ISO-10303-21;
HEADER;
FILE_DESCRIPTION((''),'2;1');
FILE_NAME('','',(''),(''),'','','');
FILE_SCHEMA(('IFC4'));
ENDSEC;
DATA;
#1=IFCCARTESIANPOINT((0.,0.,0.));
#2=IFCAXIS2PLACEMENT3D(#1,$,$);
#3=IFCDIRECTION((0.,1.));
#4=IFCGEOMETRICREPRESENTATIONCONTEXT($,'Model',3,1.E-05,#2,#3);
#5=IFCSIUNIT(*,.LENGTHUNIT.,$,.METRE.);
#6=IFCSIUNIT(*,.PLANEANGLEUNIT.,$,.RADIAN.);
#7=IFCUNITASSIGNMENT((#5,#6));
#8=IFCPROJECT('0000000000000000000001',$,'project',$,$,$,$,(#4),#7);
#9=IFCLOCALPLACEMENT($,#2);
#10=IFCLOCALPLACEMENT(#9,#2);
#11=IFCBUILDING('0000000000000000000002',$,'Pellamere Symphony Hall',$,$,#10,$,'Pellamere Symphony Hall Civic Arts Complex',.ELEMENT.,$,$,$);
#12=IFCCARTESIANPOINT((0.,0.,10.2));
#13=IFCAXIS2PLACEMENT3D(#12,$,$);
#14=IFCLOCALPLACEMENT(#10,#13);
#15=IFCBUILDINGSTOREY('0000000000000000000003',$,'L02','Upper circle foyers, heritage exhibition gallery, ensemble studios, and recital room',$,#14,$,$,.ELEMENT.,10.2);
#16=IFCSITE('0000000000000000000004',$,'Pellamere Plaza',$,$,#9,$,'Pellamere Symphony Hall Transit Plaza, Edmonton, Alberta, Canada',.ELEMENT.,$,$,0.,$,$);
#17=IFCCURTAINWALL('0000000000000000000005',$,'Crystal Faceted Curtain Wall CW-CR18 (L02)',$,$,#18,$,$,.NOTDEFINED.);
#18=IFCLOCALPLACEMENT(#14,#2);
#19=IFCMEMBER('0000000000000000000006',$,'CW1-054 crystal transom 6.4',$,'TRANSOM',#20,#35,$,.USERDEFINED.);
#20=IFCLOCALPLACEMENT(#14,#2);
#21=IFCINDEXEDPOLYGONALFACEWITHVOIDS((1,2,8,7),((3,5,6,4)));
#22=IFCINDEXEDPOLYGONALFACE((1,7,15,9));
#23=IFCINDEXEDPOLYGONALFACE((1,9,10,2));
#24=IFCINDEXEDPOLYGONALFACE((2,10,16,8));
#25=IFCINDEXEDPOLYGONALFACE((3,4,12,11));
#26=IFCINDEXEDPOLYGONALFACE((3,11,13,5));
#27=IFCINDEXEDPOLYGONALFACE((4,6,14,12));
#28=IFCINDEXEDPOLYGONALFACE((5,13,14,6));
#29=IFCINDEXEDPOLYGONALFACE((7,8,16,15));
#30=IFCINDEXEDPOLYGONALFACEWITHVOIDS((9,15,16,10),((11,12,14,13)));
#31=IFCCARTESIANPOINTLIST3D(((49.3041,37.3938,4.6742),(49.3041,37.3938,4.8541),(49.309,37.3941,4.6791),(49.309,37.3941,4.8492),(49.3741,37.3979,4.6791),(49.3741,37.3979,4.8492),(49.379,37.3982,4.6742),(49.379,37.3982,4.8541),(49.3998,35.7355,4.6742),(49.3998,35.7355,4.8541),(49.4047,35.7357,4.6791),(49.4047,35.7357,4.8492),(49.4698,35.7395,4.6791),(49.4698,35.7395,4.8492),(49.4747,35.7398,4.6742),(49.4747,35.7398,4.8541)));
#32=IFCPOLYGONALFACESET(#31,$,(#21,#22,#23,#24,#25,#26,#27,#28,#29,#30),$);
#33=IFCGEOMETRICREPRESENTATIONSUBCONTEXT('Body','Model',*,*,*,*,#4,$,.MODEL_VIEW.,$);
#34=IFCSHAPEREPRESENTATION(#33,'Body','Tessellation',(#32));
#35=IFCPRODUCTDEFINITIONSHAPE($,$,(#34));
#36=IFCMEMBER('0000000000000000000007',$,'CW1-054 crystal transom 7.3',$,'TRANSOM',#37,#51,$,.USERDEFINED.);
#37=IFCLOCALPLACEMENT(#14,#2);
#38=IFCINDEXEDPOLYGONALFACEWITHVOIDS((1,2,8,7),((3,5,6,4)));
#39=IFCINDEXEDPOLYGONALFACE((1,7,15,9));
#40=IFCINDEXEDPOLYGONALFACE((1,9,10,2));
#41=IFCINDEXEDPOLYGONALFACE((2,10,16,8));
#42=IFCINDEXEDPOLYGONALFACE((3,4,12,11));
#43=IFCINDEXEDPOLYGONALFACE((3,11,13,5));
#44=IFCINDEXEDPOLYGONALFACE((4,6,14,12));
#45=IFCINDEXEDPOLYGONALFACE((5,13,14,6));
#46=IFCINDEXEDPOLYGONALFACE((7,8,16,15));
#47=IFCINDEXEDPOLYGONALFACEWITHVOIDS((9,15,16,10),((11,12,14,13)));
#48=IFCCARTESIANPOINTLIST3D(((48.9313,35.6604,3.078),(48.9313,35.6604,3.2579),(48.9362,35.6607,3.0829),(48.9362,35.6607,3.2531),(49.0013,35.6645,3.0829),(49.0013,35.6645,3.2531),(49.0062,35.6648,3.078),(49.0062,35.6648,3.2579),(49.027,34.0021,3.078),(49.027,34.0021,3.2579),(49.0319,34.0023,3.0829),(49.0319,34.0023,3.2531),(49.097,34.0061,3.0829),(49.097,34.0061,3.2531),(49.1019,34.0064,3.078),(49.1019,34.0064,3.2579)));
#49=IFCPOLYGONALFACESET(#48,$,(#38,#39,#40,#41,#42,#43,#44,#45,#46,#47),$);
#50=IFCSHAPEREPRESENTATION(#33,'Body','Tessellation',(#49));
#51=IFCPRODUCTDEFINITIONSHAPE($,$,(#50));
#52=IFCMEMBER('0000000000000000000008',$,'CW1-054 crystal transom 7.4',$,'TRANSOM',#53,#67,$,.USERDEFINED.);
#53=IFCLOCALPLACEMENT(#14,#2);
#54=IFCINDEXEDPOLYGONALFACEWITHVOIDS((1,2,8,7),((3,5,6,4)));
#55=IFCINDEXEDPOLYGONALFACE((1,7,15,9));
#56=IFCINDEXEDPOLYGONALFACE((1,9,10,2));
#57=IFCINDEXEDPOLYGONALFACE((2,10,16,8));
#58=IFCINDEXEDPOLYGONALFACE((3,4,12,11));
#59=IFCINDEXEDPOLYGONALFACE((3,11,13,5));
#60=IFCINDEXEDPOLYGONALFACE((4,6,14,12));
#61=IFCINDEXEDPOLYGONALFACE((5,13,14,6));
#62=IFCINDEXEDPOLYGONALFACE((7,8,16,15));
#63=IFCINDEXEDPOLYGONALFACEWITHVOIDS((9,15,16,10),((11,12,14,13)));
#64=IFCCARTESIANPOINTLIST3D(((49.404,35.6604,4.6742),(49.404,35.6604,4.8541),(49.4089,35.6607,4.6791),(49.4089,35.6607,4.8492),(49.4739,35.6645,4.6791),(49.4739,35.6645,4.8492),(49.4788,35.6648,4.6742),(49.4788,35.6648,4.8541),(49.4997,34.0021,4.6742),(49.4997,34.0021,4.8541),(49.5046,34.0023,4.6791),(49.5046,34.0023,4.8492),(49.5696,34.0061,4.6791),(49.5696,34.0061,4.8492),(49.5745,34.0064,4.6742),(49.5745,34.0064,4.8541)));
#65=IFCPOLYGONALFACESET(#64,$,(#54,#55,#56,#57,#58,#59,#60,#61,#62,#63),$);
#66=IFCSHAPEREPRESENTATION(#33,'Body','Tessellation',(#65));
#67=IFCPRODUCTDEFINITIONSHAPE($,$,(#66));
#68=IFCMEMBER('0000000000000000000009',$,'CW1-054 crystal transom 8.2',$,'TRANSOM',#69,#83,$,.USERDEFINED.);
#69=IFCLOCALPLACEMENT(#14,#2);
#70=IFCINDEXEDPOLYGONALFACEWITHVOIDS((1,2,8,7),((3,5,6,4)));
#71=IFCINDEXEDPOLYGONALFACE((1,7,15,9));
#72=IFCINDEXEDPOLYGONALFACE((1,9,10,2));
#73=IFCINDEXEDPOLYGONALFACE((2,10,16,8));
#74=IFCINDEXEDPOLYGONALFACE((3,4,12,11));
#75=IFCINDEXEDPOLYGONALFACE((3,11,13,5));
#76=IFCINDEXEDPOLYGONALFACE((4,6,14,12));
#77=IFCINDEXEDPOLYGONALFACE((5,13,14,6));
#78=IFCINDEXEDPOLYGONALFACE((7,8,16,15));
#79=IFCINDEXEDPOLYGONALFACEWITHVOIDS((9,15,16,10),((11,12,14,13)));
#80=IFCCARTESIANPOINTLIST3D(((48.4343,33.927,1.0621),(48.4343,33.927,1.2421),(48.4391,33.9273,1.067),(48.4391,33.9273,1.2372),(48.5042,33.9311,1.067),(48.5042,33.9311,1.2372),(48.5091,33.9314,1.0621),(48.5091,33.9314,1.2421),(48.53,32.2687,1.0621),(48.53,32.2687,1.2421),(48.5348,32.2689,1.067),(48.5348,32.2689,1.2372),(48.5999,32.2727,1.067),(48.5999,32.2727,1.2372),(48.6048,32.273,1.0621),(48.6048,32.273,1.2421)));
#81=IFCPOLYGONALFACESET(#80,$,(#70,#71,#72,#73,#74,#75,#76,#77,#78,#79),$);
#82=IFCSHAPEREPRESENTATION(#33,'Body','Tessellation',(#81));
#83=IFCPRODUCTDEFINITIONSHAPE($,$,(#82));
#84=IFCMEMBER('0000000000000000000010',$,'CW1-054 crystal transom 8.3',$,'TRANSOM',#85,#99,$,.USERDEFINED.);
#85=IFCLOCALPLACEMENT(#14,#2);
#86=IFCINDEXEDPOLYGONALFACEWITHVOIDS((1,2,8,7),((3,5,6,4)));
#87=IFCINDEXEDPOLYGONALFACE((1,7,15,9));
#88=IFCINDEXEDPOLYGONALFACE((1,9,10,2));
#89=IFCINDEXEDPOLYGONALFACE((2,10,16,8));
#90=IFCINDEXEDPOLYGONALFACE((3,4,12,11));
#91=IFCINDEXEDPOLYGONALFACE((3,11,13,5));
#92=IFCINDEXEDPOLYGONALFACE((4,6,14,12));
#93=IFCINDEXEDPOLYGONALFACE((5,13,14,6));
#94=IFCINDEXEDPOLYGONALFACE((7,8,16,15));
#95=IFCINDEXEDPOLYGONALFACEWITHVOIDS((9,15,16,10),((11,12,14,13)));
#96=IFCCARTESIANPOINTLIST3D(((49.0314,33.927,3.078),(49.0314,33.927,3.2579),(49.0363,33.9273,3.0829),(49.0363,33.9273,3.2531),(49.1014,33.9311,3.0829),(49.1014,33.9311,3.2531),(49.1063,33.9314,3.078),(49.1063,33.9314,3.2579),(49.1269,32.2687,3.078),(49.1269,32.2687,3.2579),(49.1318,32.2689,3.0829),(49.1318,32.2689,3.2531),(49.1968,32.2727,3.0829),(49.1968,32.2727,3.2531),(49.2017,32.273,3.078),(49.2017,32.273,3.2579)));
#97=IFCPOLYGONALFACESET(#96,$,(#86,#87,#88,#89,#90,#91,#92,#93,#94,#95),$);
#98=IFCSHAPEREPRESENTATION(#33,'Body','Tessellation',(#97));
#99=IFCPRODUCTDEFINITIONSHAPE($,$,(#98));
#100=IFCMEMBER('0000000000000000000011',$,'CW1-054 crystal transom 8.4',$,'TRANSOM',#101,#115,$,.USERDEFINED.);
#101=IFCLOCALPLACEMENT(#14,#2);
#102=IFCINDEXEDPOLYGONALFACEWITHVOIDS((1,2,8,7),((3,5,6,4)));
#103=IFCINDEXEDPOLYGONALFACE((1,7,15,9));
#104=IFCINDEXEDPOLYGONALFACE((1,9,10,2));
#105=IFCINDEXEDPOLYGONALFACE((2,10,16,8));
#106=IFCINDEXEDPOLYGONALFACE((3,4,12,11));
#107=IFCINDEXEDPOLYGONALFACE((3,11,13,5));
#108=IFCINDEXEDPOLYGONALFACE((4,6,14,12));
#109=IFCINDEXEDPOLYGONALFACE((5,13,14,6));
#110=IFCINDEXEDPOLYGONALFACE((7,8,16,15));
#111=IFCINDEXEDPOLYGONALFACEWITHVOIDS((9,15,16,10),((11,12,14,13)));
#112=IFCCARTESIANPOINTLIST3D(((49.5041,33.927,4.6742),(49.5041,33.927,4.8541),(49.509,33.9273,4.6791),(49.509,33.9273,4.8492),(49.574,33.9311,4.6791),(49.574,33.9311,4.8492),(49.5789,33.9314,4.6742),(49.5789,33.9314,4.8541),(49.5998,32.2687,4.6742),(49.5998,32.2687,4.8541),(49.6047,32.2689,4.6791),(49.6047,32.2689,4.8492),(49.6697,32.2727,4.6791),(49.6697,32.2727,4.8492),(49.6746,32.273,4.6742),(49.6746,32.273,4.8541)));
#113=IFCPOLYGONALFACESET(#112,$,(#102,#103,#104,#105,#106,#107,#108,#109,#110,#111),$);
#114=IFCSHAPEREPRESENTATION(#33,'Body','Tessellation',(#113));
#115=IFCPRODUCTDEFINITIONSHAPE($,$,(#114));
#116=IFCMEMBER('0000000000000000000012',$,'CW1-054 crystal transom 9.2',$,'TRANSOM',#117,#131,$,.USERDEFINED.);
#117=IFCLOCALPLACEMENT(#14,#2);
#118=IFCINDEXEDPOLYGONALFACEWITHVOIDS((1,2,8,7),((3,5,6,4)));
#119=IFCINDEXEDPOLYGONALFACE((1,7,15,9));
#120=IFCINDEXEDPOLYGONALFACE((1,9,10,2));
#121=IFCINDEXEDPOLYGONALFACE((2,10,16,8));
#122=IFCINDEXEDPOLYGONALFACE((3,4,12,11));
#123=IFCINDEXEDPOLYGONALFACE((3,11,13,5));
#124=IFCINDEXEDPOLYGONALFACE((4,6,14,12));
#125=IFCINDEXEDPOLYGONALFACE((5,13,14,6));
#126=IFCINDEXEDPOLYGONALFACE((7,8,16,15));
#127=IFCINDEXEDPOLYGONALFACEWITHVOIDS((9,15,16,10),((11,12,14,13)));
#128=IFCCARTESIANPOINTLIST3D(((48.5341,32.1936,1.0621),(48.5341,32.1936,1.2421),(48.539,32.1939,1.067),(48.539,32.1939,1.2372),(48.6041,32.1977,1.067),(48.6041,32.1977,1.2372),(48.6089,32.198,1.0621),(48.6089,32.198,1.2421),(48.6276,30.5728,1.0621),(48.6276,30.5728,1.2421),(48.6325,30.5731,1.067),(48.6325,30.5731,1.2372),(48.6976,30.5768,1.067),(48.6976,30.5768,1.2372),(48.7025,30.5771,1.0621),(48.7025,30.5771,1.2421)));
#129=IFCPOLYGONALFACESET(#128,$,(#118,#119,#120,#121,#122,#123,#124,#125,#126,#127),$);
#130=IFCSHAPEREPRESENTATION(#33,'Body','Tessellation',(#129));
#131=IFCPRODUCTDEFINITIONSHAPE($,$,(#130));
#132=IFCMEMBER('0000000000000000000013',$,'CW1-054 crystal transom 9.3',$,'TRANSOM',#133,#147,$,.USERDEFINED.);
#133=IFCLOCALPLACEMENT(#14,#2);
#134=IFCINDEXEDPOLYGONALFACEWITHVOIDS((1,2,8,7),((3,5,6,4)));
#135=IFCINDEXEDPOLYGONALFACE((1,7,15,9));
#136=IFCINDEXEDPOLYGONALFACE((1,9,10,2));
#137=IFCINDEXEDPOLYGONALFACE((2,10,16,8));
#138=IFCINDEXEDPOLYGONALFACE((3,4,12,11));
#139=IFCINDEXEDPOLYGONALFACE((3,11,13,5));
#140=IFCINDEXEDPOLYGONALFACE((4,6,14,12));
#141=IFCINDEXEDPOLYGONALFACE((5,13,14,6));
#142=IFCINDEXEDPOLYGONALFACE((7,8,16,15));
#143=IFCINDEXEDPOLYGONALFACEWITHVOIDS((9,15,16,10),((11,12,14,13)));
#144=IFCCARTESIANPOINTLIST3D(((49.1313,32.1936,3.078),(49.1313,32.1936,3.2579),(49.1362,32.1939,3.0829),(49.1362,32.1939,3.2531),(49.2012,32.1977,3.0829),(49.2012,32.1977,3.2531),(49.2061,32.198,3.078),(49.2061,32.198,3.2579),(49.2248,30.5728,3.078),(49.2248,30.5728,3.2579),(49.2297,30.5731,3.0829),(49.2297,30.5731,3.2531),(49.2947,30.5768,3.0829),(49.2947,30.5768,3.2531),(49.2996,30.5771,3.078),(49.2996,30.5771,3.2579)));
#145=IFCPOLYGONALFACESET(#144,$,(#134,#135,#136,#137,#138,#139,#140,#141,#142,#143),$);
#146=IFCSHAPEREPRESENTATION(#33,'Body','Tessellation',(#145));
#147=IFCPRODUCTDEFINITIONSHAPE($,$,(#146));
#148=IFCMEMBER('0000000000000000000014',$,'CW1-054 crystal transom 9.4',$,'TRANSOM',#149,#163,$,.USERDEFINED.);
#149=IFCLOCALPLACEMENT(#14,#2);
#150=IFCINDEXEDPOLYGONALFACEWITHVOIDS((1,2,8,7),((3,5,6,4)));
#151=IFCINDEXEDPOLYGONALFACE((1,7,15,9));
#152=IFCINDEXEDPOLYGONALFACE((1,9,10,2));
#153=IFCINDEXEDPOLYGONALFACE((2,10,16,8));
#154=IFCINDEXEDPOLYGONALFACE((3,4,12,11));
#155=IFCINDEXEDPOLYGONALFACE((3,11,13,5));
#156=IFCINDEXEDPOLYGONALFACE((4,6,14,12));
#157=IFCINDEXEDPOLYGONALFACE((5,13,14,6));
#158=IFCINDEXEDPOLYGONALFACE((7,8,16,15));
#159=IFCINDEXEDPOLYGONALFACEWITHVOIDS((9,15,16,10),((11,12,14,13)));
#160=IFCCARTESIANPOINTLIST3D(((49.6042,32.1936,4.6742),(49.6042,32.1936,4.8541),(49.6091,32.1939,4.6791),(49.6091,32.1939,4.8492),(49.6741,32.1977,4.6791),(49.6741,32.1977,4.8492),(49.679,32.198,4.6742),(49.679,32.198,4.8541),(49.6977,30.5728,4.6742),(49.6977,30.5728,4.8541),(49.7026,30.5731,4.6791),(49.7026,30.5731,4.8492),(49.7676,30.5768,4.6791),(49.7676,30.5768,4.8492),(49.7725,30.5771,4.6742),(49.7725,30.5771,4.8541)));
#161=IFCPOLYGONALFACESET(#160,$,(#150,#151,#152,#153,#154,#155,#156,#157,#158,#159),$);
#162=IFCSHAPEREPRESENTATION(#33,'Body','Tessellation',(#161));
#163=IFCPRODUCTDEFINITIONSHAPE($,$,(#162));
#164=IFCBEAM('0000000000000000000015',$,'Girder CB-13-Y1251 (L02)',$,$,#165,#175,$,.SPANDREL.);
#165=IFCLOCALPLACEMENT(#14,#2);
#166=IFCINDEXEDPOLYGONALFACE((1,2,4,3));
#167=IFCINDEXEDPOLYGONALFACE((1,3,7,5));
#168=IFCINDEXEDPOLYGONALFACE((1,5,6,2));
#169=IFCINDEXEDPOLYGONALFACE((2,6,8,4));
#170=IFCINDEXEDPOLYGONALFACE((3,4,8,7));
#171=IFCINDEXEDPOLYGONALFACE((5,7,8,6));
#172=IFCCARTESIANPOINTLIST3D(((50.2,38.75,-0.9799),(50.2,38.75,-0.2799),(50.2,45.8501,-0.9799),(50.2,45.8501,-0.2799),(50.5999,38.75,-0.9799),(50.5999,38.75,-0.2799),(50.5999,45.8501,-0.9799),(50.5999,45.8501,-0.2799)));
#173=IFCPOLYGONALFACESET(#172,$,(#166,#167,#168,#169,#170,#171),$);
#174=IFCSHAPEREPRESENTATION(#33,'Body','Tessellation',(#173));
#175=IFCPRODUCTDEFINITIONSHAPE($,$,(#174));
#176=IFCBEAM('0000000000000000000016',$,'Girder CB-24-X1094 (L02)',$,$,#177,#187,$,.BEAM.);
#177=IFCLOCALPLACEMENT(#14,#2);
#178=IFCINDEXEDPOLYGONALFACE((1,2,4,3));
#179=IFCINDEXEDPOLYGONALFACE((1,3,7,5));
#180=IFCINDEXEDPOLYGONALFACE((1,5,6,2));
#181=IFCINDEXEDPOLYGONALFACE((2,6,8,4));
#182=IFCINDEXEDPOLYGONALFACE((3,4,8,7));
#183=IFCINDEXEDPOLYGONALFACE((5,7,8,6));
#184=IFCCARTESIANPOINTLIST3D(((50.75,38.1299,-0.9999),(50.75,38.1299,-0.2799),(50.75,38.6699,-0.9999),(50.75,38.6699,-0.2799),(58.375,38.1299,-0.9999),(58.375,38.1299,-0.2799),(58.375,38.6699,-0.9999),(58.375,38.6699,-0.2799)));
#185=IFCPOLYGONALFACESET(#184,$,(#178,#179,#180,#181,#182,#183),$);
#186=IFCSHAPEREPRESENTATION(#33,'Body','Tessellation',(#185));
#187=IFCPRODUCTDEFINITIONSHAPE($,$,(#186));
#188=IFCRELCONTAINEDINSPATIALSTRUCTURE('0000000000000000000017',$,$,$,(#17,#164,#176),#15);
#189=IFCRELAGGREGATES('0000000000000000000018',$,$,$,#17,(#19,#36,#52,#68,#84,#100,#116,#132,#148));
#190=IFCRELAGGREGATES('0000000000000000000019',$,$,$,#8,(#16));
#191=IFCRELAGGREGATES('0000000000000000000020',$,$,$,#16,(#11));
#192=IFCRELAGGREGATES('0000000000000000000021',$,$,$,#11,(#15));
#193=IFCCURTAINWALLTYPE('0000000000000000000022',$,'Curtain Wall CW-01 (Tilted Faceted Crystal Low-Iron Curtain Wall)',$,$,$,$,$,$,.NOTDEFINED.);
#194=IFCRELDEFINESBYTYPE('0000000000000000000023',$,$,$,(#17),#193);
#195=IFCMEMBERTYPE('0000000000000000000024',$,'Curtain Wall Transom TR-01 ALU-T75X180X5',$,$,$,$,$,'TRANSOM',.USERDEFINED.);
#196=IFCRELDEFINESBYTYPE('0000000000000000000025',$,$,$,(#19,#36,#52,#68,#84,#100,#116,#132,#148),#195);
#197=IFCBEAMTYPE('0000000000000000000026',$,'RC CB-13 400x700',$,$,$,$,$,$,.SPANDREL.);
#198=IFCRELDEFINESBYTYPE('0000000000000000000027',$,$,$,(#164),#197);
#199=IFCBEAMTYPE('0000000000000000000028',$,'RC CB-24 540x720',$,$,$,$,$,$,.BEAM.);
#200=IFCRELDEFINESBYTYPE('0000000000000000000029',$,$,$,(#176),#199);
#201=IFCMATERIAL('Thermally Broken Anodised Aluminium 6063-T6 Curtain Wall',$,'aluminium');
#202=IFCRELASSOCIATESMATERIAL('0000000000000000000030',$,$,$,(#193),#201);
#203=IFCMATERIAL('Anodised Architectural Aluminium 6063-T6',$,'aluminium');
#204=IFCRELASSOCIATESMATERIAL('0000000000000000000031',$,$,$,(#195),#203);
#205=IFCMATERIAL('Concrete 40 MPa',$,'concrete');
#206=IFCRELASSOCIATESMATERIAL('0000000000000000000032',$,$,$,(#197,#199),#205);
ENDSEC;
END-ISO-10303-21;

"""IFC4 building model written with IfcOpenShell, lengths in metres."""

from ifc_helpers import new_model, si_unit, direction, frame, origin, origin_2d, place, context, subcontext, project, spatial, rectangle, hollow_rectangle, extrude, material, material_profile, profile_set, type_object, element, aggregate, save


model = new_model("IFC4")

# Units and contexts
model_context = context("Model", 3, precision=1e-05, world=origin(), true_north=direction((0.0, 1.0)))
body_context = subcontext(model_context, "Body", "Model", "MODEL_VIEW")
ifc_project = project(units=[si_unit("LENGTHUNIT", "METRE"), si_unit("PLANEANGLEUNIT", "RADIAN")], contexts=[model_context])

# Site, building, storey
site_placement = place(None, origin())
site = spatial("IfcSite", under=ifc_project, at=site_placement, Name="Pellamere Plaza", LongName="Pellamere Symphony Hall Transit Plaza, Edmonton, Alberta, Canada", CompositionType="ELEMENT", RefElevation=0.0)
building_placement = place(site_placement, origin())
building = spatial("IfcBuilding", under=site, at=building_placement, Name="Pellamere Symphony Hall", LongName="Pellamere Symphony Hall Civic Arts Complex", CompositionType="ELEMENT")
storey_placement = place(building_placement, frame((0.0, 0.0, 10.2)))
storey = spatial("IfcBuildingStorey", under=building, at=storey_placement, Name="L02", Description="Upper circle foyers, heritage exhibition gallery, ensemble studios, and recital room", CompositionType="ELEMENT", Elevation=10.2)

# Shared definitions
ifc_material_1 = material(Name="Concrete 40 MPa", Category="concrete")

# Curtain wall, members
ifc_material_2 = material(Name="Thermally Broken Anodised Aluminium 6063-T6 Curtain Wall", Category="aluminium")
curtain_wall_type = type_object("IfcCurtainWallType", Name="Curtain Wall CW-01 (Tilted Faceted Crystal Low-Iron Curtain Wall)", PredefinedType="NOTDEFINED", material=ifc_material_2)
curtain_wall_placement = place(storey_placement, origin())
curtain_wall = element("IfcCurtainWall", 1, at=curtain_wall_placement, inside=storey, type_object=curtain_wall_type, Name="Crystal Faceted Curtain Wall CW-CR18 (L02)", PredefinedType="NOTDEFINED")
ifc_material_3 = material(Name="Anodised Architectural Aluminium 6063-T6", Category="aluminium")
ifc_material_profile_1 = material_profile(ifc_material_3, hollow_rectangle(XDim=0.075, YDim=0.1799, WallThickness=0.0049, at=origin_2d()), Name="ALU-T75X180X5")
ifc_profile_set_1 = profile_set([ifc_material_profile_1], Name="Anodised Architectural Aluminium 6063-T6")
member_type = type_object("IfcMemberType", Name="Curtain Wall Transom TR-01 ALU-T75X180X5", ElementType="TRANSOM", PredefinedType="USERDEFINED", material=ifc_profile_set_1)
member_1_placement = place(storey_placement, frame((49.3416, 37.396, 4.7642), z_axis=(0.057611, -0.998339, 0.0), x_axis=(0.998339, 0.057611, 0.0)))
member_1 = element("IfcMember", 2, at=member_1_placement, type_object=member_type, Name="CW1-054 crystal transom 6.4", ObjectType="TRANSOM", PredefinedType="USERDEFINED", context=body_context, shape_type="SweptSolid", body=[
    extrude(hollow_rectangle(XDim=0.075, YDim=0.1799, WallThickness=0.0049, at=origin_2d()), origin(), (0.0, 0.0, 1.0), 1.6611),
])
member_2_placement = place(storey_placement, frame((48.9688, 35.6626, 3.168), z_axis=(0.057611, -0.998339, 0.0), x_axis=(0.998339, 0.057611, 0.0)))
member_2 = element("IfcMember", 3, at=member_2_placement, type_object=member_type, Name="CW1-054 crystal transom 7.3", ObjectType="TRANSOM", PredefinedType="USERDEFINED", context=body_context, shape_type="SweptSolid", body=[
    extrude(hollow_rectangle(XDim=0.075, YDim=0.1799, WallThickness=0.0049, at=origin_2d()), origin(), (0.0, 0.0, 1.0), 1.6611),
])
member_3_placement = place(storey_placement, frame((49.4414, 35.6626, 4.7642), z_axis=(0.057611, -0.998339, 0.0), x_axis=(0.998339, 0.057611, 0.0)))
member_3 = element("IfcMember", 4, at=member_3_placement, type_object=member_type, Name="CW1-054 crystal transom 7.4", ObjectType="TRANSOM", PredefinedType="USERDEFINED", context=body_context, shape_type="SweptSolid", body=[
    extrude(hollow_rectangle(XDim=0.075, YDim=0.1799, WallThickness=0.0049, at=origin_2d()), origin(), (0.0, 0.0, 1.0), 1.6611),
])
member_4_placement = place(storey_placement, frame((48.4717, 33.9292, 1.1521), z_axis=(0.057611, -0.998339, 0.0), x_axis=(0.998339, 0.057611, 0.0)))
member_4 = element("IfcMember", 5, at=member_4_placement, type_object=member_type, Name="CW1-054 crystal transom 8.2", ObjectType="TRANSOM", PredefinedType="USERDEFINED", context=body_context, shape_type="SweptSolid", body=[
    extrude(hollow_rectangle(XDim=0.075, YDim=0.1799, WallThickness=0.0049, at=origin_2d()), origin(), (0.0, 0.0, 1.0), 1.6611),
])
member_5_placement = place(storey_placement, frame((49.0688, 33.9292, 3.168), z_axis=(0.057464, -0.998348, 0.0), x_axis=(0.998348, 0.057464, 0.0)))
member_5 = element("IfcMember", 6, at=member_5_placement, type_object=member_type, Name="CW1-054 crystal transom 8.3", ObjectType="TRANSOM", PredefinedType="USERDEFINED", context=body_context, shape_type="SweptSolid", body=[
    extrude(hollow_rectangle(XDim=0.075, YDim=0.1799, WallThickness=0.0049, at=origin_2d()), origin(), (0.0, 0.0, 1.0), 1.6611),
])
member_6_placement = place(storey_placement, frame((49.5415, 33.9292, 4.7642), z_axis=(0.057611, -0.998339, 0.0), x_axis=(0.998339, 0.057611, 0.0)))
member_6 = element("IfcMember", 7, at=member_6_placement, type_object=member_type, Name="CW1-054 crystal transom 8.4", ObjectType="TRANSOM", PredefinedType="USERDEFINED", context=body_context, shape_type="SweptSolid", body=[
    extrude(hollow_rectangle(XDim=0.075, YDim=0.1799, WallThickness=0.0049, at=origin_2d()), origin(), (0.0, 0.0, 1.0), 1.6611),
])
member_7_placement = place(storey_placement, frame((48.5715, 32.1958, 1.1521), z_axis=(0.057594, -0.99834, 0.0), x_axis=(0.99834, 0.057594, 0.0)))
member_7 = element("IfcMember", 8, at=member_7_placement, type_object=member_type, Name="CW1-054 crystal transom 9.2", ObjectType="TRANSOM", PredefinedType="USERDEFINED", context=body_context, shape_type="SweptSolid", body=[
    extrude(hollow_rectangle(XDim=0.075, YDim=0.1799, WallThickness=0.0049, at=origin_2d()), origin(), (0.0, 0.0, 1.0), 1.6235),
])
member_8_placement = place(storey_placement, frame((49.1687, 32.1958, 3.168), z_axis=(0.057594, -0.99834, 0.0), x_axis=(0.99834, 0.057594, 0.0)))
member_8 = element("IfcMember", 9, at=member_8_placement, type_object=member_type, Name="CW1-054 crystal transom 9.3", ObjectType="TRANSOM", PredefinedType="USERDEFINED", context=body_context, shape_type="SweptSolid", body=[
    extrude(hollow_rectangle(XDim=0.075, YDim=0.1799, WallThickness=0.0049, at=origin_2d()), origin(), (0.0, 0.0, 1.0), 1.6235),
])
member_9_placement = place(storey_placement, frame((49.6416, 32.1958, 4.7642), z_axis=(0.057594, -0.99834, 0.0), x_axis=(0.99834, 0.057594, 0.0)))
member_9 = element("IfcMember", 10, at=member_9_placement, type_object=member_type, Name="CW1-054 crystal transom 9.4", ObjectType="TRANSOM", PredefinedType="USERDEFINED", context=body_context, shape_type="SweptSolid", body=[
    extrude(hollow_rectangle(XDim=0.075, YDim=0.1799, WallThickness=0.0049, at=origin_2d()), origin(), (0.0, 0.0, 1.0), 1.6235),
])

# Beams
ifc_material_profile_2 = material_profile(ifc_material_1, rectangle(XDim=0.3999, YDim=0.7, at=origin_2d()), Name="RC 400x700")
ifc_profile_set_2 = profile_set([ifc_material_profile_2], Name="Concrete 40 MPa")
beam_type_1 = type_object("IfcBeamType", Name="RC CB-13 400x700", PredefinedType="SPANDREL", material=ifc_profile_set_2)
beam_1_placement = place(storey_placement, frame((50.3999, 38.75, -0.6299), z_axis=(0.0, 1.0, 0.0), x_axis=(-1.0, 0.0, 0.0)))
element("IfcBeam", 11, at=beam_1_placement, inside=storey, type_object=beam_type_1, Name="Girder CB-13-Y1251 (L02)", PredefinedType="SPANDREL", context=body_context, shape_type="SweptSolid", body=[
    extrude(rectangle(XDim=0.3999, YDim=0.7, at=origin_2d()), origin(), (0.0, 0.0, 1.0), 7.1001),
])
ifc_material_profile_3 = material_profile(ifc_material_1, rectangle(XDim=0.54, YDim=0.72, at=origin_2d()), Name="RC 540x720")
ifc_profile_set_3 = profile_set([ifc_material_profile_3], Name="Concrete 40 MPa")
beam_type_2 = type_object("IfcBeamType", Name="RC CB-24 540x720", PredefinedType="BEAM", material=ifc_profile_set_3)
beam_2_placement = place(storey_placement, frame((50.75, 38.3999, -0.6399), z_axis=(1.0, 0.0, 0.0), x_axis=(0.0, 1.0, 0.0)))
element("IfcBeam", 12, at=beam_2_placement, inside=storey, type_object=beam_type_2, Name="Girder CB-24-X1094 (L02)", PredefinedType="BEAM", context=body_context, shape_type="SweptSolid", body=[
    extrude(rectangle(XDim=0.54, YDim=0.72, at=origin_2d()), origin(), (0.0, 0.0, 1.0), 7.625),
])

aggregate(curtain_wall, [member_1, member_2, member_3, member_4, member_5, member_6, member_7, member_8, member_9])

save(model, "model.ifc")
